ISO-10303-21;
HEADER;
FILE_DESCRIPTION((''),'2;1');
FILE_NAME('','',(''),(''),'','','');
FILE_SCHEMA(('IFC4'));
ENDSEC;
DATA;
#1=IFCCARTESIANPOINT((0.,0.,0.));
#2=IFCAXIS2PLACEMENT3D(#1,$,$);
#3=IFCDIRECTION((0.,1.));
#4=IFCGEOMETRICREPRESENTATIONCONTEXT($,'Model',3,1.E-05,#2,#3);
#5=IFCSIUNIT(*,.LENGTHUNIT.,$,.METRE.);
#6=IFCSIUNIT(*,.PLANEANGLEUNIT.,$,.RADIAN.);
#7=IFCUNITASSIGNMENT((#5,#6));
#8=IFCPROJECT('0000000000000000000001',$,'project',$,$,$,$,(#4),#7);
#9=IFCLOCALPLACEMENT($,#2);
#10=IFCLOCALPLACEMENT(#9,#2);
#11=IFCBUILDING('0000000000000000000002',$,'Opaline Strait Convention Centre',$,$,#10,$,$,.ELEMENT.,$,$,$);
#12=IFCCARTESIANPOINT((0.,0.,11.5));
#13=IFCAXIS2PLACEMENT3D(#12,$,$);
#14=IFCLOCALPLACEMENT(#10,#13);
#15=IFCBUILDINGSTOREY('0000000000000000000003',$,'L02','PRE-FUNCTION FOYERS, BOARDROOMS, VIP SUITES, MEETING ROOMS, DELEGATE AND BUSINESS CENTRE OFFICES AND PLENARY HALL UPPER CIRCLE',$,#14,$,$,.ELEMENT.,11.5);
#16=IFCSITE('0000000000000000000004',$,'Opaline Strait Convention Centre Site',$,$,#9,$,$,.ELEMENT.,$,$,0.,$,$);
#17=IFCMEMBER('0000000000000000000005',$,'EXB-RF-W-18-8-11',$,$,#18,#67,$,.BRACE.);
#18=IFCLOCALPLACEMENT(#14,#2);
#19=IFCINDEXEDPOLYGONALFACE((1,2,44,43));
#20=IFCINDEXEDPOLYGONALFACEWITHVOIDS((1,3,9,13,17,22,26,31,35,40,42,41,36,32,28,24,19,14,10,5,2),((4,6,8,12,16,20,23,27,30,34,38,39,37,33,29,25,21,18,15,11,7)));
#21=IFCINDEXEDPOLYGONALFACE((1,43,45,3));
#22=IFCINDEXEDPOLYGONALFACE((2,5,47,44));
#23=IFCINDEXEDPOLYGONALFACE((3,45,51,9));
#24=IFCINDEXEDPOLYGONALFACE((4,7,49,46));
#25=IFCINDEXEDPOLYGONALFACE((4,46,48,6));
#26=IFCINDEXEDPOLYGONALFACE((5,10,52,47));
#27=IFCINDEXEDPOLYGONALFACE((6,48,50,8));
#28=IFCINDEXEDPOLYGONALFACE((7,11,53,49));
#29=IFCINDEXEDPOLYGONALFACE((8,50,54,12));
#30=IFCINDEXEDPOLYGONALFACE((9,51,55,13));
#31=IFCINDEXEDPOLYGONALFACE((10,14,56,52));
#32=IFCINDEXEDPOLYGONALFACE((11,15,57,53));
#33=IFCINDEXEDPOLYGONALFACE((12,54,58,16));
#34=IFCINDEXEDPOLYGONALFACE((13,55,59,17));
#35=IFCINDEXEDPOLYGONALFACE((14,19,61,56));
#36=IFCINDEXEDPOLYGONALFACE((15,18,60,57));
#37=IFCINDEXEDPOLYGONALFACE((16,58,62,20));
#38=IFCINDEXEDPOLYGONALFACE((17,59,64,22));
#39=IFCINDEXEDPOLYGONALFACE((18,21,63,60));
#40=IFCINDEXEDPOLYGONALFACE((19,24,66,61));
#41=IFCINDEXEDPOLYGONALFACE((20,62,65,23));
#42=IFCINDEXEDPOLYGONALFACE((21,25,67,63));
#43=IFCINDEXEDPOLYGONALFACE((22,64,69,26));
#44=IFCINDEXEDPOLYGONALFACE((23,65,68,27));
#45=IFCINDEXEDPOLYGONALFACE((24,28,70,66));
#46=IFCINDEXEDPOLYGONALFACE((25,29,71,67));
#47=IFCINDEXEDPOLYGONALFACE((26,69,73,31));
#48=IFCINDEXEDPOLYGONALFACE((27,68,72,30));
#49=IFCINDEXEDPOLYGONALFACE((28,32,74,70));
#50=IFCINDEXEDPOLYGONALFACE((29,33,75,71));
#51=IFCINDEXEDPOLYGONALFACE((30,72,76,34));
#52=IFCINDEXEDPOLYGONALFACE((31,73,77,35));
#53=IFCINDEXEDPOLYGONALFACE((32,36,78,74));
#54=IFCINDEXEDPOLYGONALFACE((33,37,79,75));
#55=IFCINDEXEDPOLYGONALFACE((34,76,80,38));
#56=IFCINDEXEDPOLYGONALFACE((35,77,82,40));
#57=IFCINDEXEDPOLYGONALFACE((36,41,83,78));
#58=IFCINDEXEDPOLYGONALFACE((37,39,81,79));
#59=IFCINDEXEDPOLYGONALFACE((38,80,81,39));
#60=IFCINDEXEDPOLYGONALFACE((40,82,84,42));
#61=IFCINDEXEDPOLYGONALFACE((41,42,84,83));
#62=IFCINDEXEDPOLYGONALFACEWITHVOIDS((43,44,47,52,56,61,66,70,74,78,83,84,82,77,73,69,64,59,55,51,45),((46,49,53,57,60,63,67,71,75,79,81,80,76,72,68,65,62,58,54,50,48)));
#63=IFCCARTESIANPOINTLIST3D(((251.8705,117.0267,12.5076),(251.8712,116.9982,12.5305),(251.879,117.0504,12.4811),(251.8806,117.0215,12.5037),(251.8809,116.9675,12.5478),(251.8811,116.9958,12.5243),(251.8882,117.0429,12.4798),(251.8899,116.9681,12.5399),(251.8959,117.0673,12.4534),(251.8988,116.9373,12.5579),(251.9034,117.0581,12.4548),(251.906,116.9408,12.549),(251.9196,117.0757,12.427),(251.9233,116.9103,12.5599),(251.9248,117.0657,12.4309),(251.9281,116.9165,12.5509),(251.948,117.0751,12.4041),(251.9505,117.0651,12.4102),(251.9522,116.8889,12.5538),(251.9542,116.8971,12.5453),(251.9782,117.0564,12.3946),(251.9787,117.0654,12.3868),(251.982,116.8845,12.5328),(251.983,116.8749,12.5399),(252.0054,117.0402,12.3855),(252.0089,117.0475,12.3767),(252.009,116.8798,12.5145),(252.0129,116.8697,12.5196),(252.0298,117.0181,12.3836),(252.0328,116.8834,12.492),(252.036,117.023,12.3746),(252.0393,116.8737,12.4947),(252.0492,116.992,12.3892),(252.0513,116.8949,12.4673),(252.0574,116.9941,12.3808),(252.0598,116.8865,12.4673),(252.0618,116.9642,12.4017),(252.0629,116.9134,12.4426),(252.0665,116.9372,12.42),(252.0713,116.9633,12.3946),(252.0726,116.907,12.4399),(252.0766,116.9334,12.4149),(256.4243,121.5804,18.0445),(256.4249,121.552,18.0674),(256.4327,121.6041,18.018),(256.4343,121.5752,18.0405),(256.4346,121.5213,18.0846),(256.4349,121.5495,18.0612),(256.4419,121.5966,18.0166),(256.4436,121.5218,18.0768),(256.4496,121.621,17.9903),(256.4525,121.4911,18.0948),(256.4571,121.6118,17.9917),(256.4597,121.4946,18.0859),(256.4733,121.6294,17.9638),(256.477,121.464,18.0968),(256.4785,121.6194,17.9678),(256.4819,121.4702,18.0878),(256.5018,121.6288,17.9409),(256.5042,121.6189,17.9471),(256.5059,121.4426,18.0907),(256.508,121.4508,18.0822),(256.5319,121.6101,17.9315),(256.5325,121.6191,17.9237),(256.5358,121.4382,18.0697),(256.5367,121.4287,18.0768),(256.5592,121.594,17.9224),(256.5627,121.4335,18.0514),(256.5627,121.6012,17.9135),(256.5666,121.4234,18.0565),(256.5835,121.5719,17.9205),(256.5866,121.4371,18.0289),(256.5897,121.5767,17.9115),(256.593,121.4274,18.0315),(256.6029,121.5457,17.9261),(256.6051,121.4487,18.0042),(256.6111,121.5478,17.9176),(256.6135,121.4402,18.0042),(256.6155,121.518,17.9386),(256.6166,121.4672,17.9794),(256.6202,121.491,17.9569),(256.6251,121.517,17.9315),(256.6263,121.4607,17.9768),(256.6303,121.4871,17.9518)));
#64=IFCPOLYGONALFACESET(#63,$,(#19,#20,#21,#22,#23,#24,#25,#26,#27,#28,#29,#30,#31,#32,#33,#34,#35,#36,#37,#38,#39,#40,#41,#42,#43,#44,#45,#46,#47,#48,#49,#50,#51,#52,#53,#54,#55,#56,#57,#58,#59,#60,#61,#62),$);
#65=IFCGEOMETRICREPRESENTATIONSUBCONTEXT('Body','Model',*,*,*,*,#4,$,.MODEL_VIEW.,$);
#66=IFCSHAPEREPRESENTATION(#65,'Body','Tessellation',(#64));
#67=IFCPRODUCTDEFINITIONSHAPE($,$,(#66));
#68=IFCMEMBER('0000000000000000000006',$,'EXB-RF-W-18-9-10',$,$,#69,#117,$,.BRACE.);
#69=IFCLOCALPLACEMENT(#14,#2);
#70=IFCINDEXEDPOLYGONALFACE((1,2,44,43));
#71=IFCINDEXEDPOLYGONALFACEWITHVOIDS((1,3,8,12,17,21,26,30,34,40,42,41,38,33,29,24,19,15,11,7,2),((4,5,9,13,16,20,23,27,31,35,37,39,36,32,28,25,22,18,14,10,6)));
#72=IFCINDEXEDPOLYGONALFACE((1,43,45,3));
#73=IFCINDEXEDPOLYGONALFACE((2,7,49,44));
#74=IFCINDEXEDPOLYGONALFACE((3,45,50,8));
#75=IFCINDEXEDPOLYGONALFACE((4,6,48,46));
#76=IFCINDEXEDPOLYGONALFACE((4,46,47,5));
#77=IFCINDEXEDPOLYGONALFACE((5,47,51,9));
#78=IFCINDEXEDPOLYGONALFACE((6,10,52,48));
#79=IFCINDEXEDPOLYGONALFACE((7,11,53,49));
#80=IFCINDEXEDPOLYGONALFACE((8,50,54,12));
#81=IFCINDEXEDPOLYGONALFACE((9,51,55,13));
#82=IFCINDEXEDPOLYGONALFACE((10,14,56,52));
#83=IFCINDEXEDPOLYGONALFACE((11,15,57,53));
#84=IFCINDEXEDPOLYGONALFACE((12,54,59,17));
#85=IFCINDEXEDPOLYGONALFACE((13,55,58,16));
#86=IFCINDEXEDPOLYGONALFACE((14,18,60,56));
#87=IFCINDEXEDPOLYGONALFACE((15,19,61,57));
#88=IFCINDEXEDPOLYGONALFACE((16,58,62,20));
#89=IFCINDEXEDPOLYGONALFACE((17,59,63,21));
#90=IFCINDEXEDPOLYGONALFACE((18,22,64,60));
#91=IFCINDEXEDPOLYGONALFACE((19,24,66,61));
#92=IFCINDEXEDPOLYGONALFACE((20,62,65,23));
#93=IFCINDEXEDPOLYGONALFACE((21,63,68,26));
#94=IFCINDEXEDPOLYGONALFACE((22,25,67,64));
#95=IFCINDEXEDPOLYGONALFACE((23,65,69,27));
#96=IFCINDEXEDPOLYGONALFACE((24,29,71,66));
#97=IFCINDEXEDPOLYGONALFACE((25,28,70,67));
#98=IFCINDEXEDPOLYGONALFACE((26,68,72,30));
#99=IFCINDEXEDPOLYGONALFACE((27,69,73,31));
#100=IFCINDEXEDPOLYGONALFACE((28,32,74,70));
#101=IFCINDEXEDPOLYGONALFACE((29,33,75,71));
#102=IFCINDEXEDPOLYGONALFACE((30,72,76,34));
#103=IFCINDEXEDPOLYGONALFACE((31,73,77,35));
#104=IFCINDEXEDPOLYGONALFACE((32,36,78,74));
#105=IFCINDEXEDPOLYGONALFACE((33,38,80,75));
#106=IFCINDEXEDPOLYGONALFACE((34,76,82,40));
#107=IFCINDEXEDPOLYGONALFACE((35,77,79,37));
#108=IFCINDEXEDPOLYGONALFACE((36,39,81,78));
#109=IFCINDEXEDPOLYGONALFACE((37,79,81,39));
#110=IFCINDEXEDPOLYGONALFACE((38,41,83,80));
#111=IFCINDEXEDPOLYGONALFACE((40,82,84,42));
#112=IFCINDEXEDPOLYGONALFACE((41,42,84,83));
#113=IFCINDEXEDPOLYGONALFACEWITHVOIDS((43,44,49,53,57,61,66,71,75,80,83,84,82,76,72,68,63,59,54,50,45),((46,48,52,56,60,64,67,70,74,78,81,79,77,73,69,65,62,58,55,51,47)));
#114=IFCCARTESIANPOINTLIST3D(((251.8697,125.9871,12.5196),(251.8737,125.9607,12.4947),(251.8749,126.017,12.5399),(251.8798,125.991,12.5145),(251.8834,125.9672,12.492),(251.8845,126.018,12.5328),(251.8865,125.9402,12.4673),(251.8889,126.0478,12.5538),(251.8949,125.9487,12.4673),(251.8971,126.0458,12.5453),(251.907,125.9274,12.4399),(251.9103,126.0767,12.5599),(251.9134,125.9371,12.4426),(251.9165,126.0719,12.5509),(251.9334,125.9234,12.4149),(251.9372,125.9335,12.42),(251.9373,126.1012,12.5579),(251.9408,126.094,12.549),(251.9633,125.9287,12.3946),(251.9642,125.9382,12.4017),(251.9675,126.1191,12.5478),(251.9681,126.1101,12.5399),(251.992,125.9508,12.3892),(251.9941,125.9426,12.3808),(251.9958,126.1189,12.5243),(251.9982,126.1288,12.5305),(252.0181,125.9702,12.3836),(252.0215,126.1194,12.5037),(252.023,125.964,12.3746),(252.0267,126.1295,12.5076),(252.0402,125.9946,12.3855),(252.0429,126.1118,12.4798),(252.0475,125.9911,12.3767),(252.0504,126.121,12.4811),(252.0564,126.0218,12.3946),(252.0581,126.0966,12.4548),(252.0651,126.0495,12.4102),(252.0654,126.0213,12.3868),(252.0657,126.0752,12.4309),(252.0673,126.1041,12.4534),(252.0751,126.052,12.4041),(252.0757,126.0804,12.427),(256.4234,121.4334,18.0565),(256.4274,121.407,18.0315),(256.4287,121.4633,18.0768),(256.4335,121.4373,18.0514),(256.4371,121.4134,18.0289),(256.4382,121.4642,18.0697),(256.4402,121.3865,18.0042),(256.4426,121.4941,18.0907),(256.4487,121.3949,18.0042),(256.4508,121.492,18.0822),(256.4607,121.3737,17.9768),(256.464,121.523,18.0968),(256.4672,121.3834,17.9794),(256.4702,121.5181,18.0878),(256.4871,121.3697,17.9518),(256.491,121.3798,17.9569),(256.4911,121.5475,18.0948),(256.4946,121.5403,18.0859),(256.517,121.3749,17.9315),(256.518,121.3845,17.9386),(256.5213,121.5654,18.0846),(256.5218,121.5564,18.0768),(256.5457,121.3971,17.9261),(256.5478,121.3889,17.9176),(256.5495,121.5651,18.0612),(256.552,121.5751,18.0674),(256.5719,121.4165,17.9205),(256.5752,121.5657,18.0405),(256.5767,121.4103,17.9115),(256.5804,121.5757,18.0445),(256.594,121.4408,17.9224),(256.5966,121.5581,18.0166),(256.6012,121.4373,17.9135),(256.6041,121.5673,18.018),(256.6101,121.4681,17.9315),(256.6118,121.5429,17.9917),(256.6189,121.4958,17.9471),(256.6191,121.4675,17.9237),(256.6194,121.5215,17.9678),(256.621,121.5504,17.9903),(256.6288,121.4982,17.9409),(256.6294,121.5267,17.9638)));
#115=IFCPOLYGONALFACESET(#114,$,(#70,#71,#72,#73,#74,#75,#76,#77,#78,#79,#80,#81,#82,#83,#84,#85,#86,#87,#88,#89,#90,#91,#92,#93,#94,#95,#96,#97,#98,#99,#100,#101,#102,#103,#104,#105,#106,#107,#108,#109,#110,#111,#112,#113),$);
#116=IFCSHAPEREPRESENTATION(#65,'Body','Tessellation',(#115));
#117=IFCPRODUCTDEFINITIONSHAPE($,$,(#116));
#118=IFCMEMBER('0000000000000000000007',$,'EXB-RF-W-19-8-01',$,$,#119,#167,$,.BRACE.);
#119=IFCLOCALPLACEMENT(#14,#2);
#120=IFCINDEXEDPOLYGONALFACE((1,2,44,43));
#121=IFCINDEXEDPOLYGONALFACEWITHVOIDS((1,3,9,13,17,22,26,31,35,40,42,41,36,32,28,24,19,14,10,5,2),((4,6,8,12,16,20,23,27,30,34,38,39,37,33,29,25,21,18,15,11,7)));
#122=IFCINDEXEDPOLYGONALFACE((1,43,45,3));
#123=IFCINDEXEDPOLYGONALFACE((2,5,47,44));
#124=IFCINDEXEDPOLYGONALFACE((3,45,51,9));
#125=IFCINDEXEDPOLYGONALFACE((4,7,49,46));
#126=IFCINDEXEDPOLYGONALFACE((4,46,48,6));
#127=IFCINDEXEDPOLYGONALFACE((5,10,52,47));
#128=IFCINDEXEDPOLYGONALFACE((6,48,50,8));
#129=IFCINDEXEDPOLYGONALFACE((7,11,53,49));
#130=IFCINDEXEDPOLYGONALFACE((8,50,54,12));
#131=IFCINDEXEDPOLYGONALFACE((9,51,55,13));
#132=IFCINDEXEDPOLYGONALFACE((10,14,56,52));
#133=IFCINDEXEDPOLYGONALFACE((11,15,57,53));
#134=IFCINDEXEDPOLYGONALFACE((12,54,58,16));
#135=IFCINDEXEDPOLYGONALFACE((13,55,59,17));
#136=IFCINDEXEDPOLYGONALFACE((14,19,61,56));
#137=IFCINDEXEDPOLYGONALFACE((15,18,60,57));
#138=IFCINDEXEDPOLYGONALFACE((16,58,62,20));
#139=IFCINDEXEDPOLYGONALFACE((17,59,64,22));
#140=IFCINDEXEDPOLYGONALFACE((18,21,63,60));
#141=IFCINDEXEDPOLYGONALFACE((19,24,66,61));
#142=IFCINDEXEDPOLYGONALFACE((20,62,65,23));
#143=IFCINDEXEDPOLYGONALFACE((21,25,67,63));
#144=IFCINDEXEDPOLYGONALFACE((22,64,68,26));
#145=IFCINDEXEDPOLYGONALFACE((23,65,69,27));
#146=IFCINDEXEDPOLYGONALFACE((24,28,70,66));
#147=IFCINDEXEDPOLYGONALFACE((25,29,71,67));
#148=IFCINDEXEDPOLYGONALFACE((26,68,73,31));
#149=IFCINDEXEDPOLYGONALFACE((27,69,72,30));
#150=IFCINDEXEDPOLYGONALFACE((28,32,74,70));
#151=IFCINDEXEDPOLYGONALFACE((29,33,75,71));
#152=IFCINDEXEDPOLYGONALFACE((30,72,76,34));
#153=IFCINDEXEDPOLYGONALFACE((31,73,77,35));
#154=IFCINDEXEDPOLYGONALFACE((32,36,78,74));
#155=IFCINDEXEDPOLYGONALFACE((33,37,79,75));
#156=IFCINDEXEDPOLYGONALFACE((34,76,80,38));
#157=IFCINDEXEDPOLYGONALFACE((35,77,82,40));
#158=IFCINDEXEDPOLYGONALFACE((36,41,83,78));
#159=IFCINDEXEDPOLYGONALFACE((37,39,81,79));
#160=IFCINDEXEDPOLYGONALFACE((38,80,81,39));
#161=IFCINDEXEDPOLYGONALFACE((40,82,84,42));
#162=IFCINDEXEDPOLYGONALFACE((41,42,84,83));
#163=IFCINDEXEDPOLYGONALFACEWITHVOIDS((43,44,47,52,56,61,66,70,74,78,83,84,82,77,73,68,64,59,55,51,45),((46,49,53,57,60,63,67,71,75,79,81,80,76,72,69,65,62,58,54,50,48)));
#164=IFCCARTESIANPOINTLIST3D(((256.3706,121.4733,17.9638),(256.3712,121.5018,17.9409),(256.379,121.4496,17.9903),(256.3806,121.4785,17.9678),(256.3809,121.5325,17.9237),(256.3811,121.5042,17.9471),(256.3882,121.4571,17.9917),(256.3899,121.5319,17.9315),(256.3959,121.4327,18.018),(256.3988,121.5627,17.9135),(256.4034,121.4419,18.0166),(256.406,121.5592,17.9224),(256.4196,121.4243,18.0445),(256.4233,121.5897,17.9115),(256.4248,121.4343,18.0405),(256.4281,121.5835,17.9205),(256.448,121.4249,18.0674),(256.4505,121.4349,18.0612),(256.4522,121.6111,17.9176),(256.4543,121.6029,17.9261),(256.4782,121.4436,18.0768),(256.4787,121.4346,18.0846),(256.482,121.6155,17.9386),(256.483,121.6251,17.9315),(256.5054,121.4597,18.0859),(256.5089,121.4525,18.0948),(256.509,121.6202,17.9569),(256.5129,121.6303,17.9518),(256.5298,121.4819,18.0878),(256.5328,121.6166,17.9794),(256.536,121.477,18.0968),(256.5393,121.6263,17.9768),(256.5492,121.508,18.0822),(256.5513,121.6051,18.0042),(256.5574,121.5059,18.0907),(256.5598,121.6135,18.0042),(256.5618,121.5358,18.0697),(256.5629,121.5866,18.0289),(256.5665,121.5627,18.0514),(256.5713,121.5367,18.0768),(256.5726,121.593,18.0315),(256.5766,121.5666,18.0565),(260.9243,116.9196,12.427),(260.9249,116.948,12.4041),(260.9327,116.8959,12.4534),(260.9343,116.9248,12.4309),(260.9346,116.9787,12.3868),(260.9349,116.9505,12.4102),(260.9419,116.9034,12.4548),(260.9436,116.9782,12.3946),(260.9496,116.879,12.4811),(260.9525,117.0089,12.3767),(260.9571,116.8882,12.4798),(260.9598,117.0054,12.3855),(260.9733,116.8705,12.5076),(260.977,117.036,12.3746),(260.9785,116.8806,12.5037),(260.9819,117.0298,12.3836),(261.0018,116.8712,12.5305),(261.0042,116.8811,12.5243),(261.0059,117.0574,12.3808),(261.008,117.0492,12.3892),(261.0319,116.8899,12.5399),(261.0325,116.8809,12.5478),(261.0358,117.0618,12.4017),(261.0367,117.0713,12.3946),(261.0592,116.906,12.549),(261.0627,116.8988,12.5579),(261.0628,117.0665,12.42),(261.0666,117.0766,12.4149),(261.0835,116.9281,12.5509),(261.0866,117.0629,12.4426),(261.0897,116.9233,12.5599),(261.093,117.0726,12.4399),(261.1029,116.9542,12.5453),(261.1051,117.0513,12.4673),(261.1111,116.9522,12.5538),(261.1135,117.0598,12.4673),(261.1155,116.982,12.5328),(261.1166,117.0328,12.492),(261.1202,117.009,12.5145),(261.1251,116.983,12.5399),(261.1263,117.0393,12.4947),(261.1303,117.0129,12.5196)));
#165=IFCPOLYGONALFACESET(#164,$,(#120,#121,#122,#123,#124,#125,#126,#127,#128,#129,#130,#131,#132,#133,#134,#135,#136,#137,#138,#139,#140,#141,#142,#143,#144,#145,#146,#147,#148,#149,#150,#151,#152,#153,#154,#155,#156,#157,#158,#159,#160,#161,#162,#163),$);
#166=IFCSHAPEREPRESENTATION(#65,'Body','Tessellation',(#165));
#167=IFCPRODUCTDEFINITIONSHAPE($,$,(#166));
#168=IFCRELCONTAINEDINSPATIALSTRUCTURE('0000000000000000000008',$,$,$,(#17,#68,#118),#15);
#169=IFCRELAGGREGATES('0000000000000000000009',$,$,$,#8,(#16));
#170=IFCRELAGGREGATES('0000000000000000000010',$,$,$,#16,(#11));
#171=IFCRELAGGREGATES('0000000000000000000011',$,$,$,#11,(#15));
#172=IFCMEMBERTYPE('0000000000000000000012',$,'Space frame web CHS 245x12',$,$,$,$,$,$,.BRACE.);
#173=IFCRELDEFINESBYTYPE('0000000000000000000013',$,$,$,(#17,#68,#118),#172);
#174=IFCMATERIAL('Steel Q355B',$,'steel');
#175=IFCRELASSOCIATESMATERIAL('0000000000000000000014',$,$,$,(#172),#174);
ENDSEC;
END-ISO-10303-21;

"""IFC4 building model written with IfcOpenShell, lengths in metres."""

from ifc_helpers import new_model, si_unit, direction, frame, origin, origin_2d, place, context, subcontext, project, spatial, hollow_circle, extrude, material, material_profile, profile_set, type_object, element, save


model = new_model("IFC4")

# Units and contexts
model_context = context("Model", 3, precision=1e-05, world=origin(), true_north=direction((0.0, 1.0)))
body_context = subcontext(model_context, "Body", "Model", "MODEL_VIEW")
ifc_project = project(units=[si_unit("LENGTHUNIT", "METRE"), si_unit("PLANEANGLEUNIT", "RADIAN")], contexts=[model_context])

# Site, building, storey
site_placement = place(None, origin())
site = spatial("IfcSite", under=ifc_project, at=site_placement, Name="Opaline Strait Convention Centre Site", CompositionType="ELEMENT", RefElevation=0.0)
building_placement = place(site_placement, origin())
building = spatial("IfcBuilding", under=site, at=building_placement, Name="Opaline Strait Convention Centre", CompositionType="ELEMENT")
storey_placement = place(building_placement, frame((0.0, 0.0, 11.5)))
storey = spatial("IfcBuildingStorey", under=building, at=storey_placement, Name="L02", Description="PRE-FUNCTION FOYERS, BOARDROOMS, VIP SUITES, MEETING ROOMS, DELEGATE AND BUSINESS CENTRE OFFICES AND PLENARY HALL UPPER CIRCLE", CompositionType="ELEMENT", Elevation=11.5)

# Shared definitions
ifc_material_1 = material(Name="Steel Q355B", Category="steel")

# Members
ifc_material_profile_1 = material_profile(ifc_material_1, hollow_circle(Radius=0.1226, WallThickness=0.012, at=origin_2d()), Name="CHS 245x12")
ifc_profile_set_1 = profile_set([ifc_material_profile_1], Name="Steel Q355B")
member_type_1 = type_object("IfcMemberType", Name="Space frame web CHS 245x12", PredefinedType="BRACE", material=ifc_profile_set_1)
for number, where, z_axis, x_axis, name in (
    (1, (256.5269, 121.5269, 18.0042), (-0.536178, -0.536178, -0.65194), (0.707107, -0.707107, 0.0), "EXB-RF-W-18-8-11"),
    (2, (256.5269, 121.4731, 18.0042), (-0.536178, 0.536178, -0.65194), (-0.707107, -0.707107, 0.0), "EXB-RF-W-18-9-10"),
    (3, (256.4731, 121.5269, 18.0042), (0.536178, -0.536178, -0.65194), (0.707107, 0.707107, 0.0), "EXB-RF-W-19-8-01"),
):
    element("IfcMember", number, at=place(storey_placement, frame(where, z_axis=z_axis, x_axis=x_axis)), inside=storey, type_object=member_type_1, Name=name, PredefinedType="BRACE", context=body_context, shape_type="SweptSolid", body=[
        extrude(hollow_circle(Radius=0.1226, WallThickness=0.012, at=origin_2d()), origin(), (0.0, 0.0, 1.0), 8.4929),
    ])

save(model, "model.ifc")
